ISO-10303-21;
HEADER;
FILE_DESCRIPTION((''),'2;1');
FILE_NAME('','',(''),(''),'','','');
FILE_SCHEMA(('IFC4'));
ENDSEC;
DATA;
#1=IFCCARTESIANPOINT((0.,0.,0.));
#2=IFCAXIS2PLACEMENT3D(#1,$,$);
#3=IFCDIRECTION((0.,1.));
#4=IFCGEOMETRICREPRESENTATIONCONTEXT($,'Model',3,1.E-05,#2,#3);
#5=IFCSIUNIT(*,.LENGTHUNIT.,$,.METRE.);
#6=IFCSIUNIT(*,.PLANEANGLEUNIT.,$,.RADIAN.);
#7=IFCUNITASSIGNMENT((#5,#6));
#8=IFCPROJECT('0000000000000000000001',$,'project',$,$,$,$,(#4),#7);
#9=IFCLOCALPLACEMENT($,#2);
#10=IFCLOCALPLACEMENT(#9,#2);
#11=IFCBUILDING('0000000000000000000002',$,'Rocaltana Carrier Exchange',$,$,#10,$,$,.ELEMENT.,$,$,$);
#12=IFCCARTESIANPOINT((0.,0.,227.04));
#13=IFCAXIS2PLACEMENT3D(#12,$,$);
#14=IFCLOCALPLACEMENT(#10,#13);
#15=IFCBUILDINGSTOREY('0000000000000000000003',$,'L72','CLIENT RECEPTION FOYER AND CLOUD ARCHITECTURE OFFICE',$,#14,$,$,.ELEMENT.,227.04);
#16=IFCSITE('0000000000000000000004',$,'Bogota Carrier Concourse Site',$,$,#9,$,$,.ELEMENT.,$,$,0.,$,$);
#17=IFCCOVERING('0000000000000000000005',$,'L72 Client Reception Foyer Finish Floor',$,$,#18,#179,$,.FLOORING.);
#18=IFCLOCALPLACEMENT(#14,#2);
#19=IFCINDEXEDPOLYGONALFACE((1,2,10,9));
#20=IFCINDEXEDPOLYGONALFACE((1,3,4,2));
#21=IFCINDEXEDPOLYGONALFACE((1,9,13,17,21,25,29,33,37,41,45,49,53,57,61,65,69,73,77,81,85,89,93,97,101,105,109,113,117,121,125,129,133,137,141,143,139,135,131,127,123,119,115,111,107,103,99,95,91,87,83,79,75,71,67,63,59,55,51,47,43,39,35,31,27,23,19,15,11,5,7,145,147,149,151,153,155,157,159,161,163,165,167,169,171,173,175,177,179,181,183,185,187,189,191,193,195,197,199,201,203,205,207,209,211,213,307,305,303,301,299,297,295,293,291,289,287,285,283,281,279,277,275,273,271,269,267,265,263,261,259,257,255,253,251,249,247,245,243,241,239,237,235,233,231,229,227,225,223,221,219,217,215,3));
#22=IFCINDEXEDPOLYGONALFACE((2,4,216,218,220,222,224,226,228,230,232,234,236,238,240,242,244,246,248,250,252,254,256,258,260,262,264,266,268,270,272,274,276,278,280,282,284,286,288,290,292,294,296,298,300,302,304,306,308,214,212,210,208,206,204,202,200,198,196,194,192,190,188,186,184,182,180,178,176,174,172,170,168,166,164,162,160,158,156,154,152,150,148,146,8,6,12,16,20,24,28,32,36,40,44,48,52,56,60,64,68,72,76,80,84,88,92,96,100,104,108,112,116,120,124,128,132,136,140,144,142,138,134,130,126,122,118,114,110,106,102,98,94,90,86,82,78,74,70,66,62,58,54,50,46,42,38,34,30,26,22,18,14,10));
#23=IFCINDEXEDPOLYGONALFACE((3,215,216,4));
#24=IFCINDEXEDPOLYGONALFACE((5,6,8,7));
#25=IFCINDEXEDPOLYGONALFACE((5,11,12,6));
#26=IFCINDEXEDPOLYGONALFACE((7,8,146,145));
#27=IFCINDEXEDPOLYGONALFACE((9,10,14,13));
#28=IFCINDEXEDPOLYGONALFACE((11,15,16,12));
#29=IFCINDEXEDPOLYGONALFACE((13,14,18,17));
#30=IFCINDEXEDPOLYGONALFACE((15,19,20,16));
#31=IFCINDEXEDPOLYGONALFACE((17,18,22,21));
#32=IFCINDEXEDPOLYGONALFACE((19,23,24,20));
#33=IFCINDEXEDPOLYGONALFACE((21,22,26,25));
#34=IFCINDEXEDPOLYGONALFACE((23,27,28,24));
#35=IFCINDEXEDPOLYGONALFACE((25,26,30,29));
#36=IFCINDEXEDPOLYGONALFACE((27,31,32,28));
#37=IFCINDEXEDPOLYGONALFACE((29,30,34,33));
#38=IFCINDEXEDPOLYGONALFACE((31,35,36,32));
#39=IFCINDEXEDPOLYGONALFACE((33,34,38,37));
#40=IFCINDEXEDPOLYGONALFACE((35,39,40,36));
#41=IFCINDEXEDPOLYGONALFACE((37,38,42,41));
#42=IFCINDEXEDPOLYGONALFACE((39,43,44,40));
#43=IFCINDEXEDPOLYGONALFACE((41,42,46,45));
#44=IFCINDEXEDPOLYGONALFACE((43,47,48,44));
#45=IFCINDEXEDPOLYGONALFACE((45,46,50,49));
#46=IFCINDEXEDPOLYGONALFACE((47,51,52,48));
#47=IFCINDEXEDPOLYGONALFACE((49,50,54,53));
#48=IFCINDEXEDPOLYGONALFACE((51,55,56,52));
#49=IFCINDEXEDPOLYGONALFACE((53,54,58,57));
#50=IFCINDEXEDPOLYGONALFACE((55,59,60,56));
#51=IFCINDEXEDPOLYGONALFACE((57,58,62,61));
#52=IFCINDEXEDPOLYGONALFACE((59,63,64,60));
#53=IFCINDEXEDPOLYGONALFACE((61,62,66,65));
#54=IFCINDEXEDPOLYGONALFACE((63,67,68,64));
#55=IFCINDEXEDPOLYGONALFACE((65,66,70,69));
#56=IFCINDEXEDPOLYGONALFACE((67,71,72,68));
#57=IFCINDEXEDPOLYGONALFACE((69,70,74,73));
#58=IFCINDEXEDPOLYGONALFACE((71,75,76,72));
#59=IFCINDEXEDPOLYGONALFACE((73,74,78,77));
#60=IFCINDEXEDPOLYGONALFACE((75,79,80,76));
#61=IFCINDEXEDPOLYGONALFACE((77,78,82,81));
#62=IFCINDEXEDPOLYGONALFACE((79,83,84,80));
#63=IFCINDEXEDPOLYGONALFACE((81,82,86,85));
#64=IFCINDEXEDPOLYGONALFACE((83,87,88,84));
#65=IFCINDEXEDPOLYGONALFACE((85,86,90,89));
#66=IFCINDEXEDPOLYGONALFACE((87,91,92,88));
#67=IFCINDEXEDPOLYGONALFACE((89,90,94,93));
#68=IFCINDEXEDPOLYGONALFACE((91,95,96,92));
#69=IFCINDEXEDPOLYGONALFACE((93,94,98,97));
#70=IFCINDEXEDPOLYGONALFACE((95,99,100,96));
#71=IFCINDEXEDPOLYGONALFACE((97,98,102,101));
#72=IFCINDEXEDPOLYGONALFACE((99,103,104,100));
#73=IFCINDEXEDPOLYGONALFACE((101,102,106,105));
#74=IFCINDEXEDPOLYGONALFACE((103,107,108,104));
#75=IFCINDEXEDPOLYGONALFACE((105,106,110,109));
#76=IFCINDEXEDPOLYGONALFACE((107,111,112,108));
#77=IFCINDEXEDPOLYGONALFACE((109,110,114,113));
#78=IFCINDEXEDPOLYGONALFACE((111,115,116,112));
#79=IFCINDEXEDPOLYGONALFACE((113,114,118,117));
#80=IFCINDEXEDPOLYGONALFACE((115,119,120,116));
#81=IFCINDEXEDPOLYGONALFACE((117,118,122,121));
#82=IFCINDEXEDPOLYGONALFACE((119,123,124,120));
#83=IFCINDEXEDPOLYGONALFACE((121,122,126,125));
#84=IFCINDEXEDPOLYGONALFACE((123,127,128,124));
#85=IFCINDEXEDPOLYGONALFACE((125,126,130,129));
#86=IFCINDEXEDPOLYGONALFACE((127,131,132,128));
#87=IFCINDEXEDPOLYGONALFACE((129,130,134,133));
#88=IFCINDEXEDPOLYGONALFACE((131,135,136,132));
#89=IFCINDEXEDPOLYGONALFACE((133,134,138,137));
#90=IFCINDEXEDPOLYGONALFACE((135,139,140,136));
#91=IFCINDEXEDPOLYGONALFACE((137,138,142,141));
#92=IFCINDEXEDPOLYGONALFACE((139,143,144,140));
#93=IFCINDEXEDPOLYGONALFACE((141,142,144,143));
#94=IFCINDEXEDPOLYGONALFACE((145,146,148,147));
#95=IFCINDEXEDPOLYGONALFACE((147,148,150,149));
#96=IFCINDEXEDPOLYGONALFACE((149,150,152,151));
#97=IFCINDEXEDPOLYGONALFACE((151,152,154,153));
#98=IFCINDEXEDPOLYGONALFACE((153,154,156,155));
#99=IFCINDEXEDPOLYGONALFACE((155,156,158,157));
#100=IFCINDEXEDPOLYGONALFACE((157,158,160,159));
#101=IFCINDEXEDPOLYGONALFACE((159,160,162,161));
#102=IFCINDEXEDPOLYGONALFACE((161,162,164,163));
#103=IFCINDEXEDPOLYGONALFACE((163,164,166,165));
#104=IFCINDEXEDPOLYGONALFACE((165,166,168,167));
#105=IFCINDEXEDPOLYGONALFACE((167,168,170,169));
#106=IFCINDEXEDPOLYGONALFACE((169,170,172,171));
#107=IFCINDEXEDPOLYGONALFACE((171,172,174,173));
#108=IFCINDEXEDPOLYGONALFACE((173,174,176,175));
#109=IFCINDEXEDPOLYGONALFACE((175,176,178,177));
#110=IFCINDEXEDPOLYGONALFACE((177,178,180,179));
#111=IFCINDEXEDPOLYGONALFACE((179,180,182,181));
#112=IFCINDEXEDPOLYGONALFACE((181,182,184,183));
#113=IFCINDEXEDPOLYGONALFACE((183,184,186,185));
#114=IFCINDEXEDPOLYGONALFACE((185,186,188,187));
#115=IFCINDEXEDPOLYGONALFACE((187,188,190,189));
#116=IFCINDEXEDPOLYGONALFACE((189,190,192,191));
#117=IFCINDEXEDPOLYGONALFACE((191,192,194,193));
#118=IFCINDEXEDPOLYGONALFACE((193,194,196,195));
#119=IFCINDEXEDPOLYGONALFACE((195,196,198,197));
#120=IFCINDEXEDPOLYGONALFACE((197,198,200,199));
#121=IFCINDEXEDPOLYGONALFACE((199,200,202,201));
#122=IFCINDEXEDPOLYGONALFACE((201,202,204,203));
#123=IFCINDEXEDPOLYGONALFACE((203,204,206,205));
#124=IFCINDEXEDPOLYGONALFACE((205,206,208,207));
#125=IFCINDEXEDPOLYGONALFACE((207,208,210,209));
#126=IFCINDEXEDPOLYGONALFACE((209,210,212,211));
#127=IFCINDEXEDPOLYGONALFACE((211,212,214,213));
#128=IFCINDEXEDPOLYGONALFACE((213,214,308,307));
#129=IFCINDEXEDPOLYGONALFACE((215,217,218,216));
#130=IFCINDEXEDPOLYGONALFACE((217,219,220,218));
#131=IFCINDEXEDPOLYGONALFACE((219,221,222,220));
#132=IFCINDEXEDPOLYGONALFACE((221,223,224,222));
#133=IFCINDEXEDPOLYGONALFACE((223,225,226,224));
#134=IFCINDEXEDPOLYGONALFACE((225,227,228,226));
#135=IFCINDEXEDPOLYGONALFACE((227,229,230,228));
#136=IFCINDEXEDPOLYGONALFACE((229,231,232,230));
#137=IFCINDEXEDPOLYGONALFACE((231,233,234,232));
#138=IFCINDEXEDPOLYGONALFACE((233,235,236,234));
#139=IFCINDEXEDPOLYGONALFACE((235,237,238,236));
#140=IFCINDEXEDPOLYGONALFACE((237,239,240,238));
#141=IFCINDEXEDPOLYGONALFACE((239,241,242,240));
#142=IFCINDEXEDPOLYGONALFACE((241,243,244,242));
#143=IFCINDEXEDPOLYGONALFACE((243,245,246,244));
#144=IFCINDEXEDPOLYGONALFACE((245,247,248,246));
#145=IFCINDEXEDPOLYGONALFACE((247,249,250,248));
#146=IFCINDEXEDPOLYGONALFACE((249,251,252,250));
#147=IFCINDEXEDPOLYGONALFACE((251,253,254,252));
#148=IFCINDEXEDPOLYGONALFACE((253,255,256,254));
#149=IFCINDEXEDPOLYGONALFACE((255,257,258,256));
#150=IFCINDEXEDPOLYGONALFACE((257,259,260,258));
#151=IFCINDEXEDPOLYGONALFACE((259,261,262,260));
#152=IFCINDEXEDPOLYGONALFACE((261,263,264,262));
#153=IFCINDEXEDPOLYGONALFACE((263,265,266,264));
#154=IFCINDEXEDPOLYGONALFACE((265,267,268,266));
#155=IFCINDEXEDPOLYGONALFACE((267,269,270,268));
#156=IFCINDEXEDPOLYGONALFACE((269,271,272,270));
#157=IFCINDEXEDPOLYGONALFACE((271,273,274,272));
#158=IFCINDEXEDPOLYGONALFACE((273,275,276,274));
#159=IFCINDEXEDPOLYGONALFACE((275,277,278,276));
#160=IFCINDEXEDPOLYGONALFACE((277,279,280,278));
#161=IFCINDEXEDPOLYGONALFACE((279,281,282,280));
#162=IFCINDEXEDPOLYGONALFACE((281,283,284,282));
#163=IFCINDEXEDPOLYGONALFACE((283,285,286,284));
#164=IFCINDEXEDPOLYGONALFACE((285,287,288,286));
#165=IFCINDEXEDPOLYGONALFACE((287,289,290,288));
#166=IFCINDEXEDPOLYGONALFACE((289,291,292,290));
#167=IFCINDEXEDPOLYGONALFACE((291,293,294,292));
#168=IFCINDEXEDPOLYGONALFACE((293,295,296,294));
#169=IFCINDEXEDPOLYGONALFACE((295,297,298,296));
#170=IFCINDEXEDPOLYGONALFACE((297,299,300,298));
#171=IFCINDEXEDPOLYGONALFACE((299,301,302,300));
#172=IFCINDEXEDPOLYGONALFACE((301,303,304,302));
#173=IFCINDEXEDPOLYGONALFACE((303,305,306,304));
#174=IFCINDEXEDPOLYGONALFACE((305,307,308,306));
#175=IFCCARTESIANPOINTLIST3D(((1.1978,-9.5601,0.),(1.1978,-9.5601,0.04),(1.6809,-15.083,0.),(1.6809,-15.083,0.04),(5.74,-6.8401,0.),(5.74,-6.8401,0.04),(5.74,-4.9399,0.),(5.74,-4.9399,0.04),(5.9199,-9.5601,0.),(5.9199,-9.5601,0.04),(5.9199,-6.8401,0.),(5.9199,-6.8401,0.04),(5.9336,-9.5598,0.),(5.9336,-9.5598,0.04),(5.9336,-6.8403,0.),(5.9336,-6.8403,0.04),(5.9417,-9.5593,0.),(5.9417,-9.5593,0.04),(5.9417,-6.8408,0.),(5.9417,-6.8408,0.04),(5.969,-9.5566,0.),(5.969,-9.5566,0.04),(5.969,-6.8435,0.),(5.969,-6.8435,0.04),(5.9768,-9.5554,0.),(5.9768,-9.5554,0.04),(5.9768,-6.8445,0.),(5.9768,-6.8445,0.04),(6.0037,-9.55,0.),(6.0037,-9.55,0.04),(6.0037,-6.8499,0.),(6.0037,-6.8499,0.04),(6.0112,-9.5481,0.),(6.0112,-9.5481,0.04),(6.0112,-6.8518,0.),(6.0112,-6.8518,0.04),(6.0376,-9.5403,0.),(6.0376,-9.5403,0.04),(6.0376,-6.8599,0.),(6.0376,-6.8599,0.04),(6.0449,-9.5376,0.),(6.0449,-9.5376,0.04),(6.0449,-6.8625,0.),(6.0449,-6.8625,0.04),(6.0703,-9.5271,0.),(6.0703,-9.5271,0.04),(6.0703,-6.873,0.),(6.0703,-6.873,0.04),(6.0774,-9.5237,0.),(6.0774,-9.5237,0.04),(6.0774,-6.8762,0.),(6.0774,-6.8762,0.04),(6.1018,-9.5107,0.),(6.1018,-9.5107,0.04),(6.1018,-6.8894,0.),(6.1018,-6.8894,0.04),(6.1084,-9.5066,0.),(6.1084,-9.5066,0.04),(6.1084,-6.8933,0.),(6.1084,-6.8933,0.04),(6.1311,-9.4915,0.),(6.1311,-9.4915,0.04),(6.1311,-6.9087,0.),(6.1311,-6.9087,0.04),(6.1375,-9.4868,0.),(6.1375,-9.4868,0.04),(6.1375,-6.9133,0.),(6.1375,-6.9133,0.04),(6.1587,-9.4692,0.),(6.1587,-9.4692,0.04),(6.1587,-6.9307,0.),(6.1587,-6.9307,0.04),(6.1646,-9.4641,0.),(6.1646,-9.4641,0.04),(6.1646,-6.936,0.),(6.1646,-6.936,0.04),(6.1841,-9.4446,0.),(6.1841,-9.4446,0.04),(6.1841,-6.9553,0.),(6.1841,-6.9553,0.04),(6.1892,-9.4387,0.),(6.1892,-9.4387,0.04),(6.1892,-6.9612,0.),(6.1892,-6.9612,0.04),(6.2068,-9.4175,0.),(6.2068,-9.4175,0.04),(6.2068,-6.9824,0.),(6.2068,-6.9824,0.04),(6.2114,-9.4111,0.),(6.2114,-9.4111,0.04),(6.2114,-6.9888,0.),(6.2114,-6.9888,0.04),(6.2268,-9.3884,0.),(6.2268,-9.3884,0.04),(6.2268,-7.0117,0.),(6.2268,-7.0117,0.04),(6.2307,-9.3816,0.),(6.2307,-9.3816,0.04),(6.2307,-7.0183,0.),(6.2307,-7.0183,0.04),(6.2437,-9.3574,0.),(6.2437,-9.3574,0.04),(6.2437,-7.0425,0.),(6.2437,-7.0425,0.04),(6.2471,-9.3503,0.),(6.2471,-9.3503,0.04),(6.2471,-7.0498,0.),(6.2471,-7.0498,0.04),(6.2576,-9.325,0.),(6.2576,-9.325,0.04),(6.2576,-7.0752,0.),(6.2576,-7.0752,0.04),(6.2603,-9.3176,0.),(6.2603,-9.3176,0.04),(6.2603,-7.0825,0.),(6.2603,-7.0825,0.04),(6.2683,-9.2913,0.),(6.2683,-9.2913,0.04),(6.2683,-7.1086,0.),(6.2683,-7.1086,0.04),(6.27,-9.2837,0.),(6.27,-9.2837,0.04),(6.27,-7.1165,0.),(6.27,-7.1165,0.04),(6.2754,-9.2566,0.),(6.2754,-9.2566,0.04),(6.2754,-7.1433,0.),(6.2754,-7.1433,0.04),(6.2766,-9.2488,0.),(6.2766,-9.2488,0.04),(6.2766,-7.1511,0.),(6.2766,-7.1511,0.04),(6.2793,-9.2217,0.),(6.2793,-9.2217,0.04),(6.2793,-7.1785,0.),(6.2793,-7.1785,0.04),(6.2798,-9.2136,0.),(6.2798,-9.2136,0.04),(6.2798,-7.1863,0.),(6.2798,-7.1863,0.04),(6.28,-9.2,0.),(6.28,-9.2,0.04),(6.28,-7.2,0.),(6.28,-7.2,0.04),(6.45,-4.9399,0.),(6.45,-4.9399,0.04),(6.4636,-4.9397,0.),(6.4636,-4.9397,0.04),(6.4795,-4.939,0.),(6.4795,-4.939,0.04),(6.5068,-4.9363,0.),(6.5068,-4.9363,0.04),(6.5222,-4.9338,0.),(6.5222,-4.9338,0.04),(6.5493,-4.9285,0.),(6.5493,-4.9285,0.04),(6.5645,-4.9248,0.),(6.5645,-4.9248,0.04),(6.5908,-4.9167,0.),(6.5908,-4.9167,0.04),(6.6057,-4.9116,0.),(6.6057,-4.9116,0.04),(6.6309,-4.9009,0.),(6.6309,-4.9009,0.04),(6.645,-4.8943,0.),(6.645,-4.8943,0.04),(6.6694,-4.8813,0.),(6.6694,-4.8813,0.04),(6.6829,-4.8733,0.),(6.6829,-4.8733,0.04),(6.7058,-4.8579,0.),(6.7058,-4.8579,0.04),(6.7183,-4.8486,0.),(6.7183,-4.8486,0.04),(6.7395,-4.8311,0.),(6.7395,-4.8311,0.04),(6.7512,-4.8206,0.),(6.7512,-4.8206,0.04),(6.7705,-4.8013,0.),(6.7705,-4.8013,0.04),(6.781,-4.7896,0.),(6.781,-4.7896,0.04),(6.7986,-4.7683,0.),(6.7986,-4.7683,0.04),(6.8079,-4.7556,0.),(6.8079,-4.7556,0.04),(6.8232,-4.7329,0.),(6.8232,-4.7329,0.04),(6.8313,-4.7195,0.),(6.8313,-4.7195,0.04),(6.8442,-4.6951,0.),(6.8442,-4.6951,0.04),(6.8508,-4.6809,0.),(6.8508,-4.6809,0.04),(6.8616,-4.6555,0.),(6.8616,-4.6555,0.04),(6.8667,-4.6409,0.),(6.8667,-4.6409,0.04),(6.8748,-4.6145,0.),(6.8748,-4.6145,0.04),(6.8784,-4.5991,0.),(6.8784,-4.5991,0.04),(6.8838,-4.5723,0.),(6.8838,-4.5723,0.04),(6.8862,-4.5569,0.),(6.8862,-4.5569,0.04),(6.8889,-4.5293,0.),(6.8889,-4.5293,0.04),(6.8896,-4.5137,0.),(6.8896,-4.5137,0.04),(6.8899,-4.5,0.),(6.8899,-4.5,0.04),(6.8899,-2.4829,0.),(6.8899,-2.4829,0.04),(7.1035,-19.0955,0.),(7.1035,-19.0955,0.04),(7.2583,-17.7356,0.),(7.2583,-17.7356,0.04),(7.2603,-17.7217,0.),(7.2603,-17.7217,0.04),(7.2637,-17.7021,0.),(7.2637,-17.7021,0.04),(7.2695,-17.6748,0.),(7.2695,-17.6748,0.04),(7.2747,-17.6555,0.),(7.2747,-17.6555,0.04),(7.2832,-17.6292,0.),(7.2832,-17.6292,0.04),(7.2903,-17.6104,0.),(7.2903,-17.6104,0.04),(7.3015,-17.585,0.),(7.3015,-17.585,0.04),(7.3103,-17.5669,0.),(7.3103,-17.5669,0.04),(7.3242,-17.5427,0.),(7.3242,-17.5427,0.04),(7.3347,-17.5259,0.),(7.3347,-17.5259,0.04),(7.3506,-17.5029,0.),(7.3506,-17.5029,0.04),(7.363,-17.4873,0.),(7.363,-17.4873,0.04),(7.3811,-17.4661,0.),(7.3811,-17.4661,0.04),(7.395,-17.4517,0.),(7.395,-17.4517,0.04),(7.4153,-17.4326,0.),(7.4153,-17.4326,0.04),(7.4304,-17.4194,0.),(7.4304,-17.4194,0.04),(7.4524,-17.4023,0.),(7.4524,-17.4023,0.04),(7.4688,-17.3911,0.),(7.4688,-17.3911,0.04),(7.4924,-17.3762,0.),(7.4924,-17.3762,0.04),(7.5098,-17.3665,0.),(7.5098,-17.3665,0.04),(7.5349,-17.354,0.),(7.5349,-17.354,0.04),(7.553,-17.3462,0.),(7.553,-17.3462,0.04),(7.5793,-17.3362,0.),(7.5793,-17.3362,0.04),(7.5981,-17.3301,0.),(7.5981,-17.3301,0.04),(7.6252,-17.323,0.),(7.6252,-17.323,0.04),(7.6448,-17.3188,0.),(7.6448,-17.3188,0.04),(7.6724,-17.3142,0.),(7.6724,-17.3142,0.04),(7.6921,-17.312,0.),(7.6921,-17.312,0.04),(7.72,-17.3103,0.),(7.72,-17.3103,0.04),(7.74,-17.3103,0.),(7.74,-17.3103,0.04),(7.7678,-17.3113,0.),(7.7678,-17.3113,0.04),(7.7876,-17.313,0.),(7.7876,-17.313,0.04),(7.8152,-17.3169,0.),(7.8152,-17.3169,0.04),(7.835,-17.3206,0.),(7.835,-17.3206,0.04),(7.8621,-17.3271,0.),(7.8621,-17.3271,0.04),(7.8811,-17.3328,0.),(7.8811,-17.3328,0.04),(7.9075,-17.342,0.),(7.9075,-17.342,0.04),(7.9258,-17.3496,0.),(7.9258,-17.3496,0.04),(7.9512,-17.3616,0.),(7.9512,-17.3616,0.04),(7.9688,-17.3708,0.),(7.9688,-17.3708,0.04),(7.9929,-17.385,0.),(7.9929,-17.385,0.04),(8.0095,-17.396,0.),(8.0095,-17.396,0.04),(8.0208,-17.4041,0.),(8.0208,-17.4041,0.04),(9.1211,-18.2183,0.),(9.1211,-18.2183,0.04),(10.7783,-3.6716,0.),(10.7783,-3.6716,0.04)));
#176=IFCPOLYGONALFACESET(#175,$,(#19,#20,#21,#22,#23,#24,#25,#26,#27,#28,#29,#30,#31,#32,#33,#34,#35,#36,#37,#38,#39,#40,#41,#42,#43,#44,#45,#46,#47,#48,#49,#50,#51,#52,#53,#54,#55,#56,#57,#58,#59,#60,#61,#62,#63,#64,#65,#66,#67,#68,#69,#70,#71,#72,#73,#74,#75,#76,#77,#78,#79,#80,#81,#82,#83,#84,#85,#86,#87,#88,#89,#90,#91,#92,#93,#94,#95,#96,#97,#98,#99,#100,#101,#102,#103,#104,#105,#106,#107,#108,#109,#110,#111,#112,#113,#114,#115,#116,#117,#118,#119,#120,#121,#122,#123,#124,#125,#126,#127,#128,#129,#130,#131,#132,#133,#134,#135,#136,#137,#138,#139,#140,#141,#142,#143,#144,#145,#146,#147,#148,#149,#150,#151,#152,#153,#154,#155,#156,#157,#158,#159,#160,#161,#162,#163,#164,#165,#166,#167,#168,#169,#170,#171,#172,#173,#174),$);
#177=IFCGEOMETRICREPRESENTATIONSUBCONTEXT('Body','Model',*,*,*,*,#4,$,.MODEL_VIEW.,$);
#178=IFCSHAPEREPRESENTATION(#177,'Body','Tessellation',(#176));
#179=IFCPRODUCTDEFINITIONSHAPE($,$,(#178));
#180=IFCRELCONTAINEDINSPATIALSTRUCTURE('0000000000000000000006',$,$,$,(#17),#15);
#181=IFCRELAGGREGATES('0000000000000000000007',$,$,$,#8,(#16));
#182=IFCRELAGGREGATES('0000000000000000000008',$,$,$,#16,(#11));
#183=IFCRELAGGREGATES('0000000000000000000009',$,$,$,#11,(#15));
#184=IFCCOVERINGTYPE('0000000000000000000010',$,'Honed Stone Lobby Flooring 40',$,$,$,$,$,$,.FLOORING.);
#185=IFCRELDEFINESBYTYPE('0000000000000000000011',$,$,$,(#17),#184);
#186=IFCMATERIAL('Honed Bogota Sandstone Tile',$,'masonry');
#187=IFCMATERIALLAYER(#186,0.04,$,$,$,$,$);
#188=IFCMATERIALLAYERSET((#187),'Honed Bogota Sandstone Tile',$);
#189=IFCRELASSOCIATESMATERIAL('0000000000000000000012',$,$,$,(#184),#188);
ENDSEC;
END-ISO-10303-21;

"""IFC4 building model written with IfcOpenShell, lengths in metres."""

from ifc_helpers import new_model, si_unit, direction, frame, origin, place, context, subcontext, project, spatial, polyline, outline, extrude, material, layer, layer_set, type_object, element, save


model = new_model("IFC4")

# Units and contexts
model_context = context("Model", 3, precision=1e-05, world=origin(), true_north=direction((0.0, 1.0)))
body_context = subcontext(model_context, "Body", "Model", "MODEL_VIEW")
ifc_project = project(units=[si_unit("LENGTHUNIT", "METRE"), si_unit("PLANEANGLEUNIT", "RADIAN")], contexts=[model_context])

# Site, building, storey
site_placement = place(None, origin())
site = spatial("IfcSite", under=ifc_project, at=site_placement, Name="Bogota Carrier Concourse Site", CompositionType="ELEMENT", RefElevation=0.0)
building_placement = place(site_placement, origin())
building = spatial("IfcBuilding", under=site, at=building_placement, Name="Rocaltana Carrier Exchange", CompositionType="ELEMENT")
storey_placement = place(building_placement, frame((0.0, 0.0, 227.04)))
storey = spatial("IfcBuildingStorey", under=building, at=storey_placement, Name="L72", Description="CLIENT RECEPTION FOYER AND CLOUD ARCHITECTURE OFFICE", CompositionType="ELEMENT", Elevation=227.04)

# Covering
ifc_material_1 = material(Name="Honed Bogota Sandstone Tile", Category="masonry")
ifc_layer_1 = layer(ifc_material_1, 0.04)
ifc_layer_set_1 = layer_set([ifc_layer_1], Name="Honed Bogota Sandstone Tile")
covering_type_1 = type_object("IfcCoveringType", Name="Honed Stone Lobby Flooring 40", PredefinedType="FLOORING", material=ifc_layer_set_1)
covering_1_placement = place(storey_placement, origin())
element("IfcCovering", 1, at=covering_1_placement, inside=storey, type_object=covering_type_1, Name="L72 Client Reception Foyer Finish Floor", PredefinedType="FLOORING", context=body_context, shape_type="SweptSolid", body=[
    extrude(outline(polyline([(5.74, -6.8401), (5.74, -4.9399), (6.45, -4.9399), (6.4636, -4.9397), (6.4795, -4.939), (6.5068, -4.9363), (6.5222, -4.9338), (6.5493, -4.9285), (6.5645, -4.9248), (6.5908, -4.9167), (6.6057, -4.9116), (6.6309, -4.9009), (6.645, -4.8943), (6.6694, -4.8813), (6.6829, -4.8733), (6.7058, -4.8579), (6.7183, -4.8486), (6.7395, -4.8311), (6.7512, -4.8206), (6.7705, -4.8013), (6.781, -4.7896), (6.7986, -4.7683), (6.8079, -4.7556), (6.8232, -4.7329), (6.8313, -4.7195), (6.8442, -4.6951), (6.8508, -4.6809), (6.8616, -4.6555), (6.8667, -4.6409), (6.8748, -4.6145), (6.8784, -4.5991), (6.8838, -4.5723), (6.8862, -4.5569), (6.8889, -4.5293), (6.8896, -4.5137), (6.8899, -4.5), (6.8899, -2.4829), (10.7783, -3.6716), (9.1211, -18.2183), (8.0208, -17.4041), (8.0095, -17.396), (7.9929, -17.385), (7.9688, -17.3708), (7.9512, -17.3616), (7.9258, -17.3496), (7.9075, -17.342), (7.8811, -17.3328), (7.8621, -17.3271), (7.835, -17.3206), (7.8152, -17.3169), (7.7876, -17.313), (7.7678, -17.3113), (7.74, -17.3103), (7.72, -17.3103), (7.6921, -17.312), (7.6724, -17.3142), (7.6448, -17.3188), (7.6252, -17.323), (7.5981, -17.3301), (7.5793, -17.3362), (7.553, -17.3462), (7.5349, -17.354), (7.5098, -17.3665), (7.4924, -17.3762), (7.4688, -17.3911), (7.4524, -17.4023), (7.4304, -17.4194), (7.4153, -17.4326), (7.395, -17.4517), (7.3811, -17.4661), (7.363, -17.4873), (7.3506, -17.5029), (7.3347, -17.5259), (7.3242, -17.5427), (7.3103, -17.5669), (7.3015, -17.585), (7.2903, -17.6104), (7.2832, -17.6292), (7.2747, -17.6555), (7.2695, -17.6748), (7.2637, -17.7021), (7.2603, -17.7217), (7.2583, -17.7356), (7.1035, -19.0955), (1.6809, -15.083), (1.1978, -9.5601), (5.9199, -9.5601), (5.9336, -9.5598), (5.9417, -9.5593), (5.969, -9.5566), (5.9768, -9.5554), (6.0037, -9.55), (6.0112, -9.5481), (6.0376, -9.5403), (6.0449, -9.5376), (6.0703, -9.5271), (6.0774, -9.5237), (6.1018, -9.5107), (6.1084, -9.5066), (6.1311, -9.4915), (6.1375, -9.4868), (6.1587, -9.4692), (6.1646, -9.4641), (6.1841, -9.4446), (6.1892, -9.4387), (6.2068, -9.4175), (6.2114, -9.4111), (6.2268, -9.3884), (6.2307, -9.3816), (6.2437, -9.3574), (6.2471, -9.3503), (6.2576, -9.325), (6.2603, -9.3176), (6.2683, -9.2913), (6.27, -9.2837), (6.2754, -9.2566), (6.2766, -9.2488), (6.2793, -9.2217), (6.2798, -9.2136), (6.28, -9.2), (6.28, -7.2), (6.2798, -7.1863), (6.2793, -7.1785), (6.2766, -7.1511), (6.2754, -7.1433), (6.27, -7.1165), (6.2683, -7.1086), (6.2603, -7.0825), (6.2576, -7.0752), (6.2471, -7.0498), (6.2437, -7.0425), (6.2307, -7.0183), (6.2268, -7.0117), (6.2114, -6.9888), (6.2068, -6.9824), (6.1892, -6.9612), (6.1841, -6.9553), (6.1646, -6.936), (6.1587, -6.9307), (6.1375, -6.9133), (6.1311, -6.9087), (6.1084, -6.8933), (6.1018, -6.8894), (6.0774, -6.8762), (6.0703, -6.873), (6.0449, -6.8625), (6.0376, -6.8599), (6.0112, -6.8518), (6.0037, -6.8499), (5.9768, -6.8445), (5.969, -6.8435), (5.9417, -6.8408), (5.9336, -6.8403), (5.9199, -6.8401), (5.74, -6.8401)])), origin(), (0.0, 0.0, 1.0), 0.04),
])

save(model, "model.ifc")
